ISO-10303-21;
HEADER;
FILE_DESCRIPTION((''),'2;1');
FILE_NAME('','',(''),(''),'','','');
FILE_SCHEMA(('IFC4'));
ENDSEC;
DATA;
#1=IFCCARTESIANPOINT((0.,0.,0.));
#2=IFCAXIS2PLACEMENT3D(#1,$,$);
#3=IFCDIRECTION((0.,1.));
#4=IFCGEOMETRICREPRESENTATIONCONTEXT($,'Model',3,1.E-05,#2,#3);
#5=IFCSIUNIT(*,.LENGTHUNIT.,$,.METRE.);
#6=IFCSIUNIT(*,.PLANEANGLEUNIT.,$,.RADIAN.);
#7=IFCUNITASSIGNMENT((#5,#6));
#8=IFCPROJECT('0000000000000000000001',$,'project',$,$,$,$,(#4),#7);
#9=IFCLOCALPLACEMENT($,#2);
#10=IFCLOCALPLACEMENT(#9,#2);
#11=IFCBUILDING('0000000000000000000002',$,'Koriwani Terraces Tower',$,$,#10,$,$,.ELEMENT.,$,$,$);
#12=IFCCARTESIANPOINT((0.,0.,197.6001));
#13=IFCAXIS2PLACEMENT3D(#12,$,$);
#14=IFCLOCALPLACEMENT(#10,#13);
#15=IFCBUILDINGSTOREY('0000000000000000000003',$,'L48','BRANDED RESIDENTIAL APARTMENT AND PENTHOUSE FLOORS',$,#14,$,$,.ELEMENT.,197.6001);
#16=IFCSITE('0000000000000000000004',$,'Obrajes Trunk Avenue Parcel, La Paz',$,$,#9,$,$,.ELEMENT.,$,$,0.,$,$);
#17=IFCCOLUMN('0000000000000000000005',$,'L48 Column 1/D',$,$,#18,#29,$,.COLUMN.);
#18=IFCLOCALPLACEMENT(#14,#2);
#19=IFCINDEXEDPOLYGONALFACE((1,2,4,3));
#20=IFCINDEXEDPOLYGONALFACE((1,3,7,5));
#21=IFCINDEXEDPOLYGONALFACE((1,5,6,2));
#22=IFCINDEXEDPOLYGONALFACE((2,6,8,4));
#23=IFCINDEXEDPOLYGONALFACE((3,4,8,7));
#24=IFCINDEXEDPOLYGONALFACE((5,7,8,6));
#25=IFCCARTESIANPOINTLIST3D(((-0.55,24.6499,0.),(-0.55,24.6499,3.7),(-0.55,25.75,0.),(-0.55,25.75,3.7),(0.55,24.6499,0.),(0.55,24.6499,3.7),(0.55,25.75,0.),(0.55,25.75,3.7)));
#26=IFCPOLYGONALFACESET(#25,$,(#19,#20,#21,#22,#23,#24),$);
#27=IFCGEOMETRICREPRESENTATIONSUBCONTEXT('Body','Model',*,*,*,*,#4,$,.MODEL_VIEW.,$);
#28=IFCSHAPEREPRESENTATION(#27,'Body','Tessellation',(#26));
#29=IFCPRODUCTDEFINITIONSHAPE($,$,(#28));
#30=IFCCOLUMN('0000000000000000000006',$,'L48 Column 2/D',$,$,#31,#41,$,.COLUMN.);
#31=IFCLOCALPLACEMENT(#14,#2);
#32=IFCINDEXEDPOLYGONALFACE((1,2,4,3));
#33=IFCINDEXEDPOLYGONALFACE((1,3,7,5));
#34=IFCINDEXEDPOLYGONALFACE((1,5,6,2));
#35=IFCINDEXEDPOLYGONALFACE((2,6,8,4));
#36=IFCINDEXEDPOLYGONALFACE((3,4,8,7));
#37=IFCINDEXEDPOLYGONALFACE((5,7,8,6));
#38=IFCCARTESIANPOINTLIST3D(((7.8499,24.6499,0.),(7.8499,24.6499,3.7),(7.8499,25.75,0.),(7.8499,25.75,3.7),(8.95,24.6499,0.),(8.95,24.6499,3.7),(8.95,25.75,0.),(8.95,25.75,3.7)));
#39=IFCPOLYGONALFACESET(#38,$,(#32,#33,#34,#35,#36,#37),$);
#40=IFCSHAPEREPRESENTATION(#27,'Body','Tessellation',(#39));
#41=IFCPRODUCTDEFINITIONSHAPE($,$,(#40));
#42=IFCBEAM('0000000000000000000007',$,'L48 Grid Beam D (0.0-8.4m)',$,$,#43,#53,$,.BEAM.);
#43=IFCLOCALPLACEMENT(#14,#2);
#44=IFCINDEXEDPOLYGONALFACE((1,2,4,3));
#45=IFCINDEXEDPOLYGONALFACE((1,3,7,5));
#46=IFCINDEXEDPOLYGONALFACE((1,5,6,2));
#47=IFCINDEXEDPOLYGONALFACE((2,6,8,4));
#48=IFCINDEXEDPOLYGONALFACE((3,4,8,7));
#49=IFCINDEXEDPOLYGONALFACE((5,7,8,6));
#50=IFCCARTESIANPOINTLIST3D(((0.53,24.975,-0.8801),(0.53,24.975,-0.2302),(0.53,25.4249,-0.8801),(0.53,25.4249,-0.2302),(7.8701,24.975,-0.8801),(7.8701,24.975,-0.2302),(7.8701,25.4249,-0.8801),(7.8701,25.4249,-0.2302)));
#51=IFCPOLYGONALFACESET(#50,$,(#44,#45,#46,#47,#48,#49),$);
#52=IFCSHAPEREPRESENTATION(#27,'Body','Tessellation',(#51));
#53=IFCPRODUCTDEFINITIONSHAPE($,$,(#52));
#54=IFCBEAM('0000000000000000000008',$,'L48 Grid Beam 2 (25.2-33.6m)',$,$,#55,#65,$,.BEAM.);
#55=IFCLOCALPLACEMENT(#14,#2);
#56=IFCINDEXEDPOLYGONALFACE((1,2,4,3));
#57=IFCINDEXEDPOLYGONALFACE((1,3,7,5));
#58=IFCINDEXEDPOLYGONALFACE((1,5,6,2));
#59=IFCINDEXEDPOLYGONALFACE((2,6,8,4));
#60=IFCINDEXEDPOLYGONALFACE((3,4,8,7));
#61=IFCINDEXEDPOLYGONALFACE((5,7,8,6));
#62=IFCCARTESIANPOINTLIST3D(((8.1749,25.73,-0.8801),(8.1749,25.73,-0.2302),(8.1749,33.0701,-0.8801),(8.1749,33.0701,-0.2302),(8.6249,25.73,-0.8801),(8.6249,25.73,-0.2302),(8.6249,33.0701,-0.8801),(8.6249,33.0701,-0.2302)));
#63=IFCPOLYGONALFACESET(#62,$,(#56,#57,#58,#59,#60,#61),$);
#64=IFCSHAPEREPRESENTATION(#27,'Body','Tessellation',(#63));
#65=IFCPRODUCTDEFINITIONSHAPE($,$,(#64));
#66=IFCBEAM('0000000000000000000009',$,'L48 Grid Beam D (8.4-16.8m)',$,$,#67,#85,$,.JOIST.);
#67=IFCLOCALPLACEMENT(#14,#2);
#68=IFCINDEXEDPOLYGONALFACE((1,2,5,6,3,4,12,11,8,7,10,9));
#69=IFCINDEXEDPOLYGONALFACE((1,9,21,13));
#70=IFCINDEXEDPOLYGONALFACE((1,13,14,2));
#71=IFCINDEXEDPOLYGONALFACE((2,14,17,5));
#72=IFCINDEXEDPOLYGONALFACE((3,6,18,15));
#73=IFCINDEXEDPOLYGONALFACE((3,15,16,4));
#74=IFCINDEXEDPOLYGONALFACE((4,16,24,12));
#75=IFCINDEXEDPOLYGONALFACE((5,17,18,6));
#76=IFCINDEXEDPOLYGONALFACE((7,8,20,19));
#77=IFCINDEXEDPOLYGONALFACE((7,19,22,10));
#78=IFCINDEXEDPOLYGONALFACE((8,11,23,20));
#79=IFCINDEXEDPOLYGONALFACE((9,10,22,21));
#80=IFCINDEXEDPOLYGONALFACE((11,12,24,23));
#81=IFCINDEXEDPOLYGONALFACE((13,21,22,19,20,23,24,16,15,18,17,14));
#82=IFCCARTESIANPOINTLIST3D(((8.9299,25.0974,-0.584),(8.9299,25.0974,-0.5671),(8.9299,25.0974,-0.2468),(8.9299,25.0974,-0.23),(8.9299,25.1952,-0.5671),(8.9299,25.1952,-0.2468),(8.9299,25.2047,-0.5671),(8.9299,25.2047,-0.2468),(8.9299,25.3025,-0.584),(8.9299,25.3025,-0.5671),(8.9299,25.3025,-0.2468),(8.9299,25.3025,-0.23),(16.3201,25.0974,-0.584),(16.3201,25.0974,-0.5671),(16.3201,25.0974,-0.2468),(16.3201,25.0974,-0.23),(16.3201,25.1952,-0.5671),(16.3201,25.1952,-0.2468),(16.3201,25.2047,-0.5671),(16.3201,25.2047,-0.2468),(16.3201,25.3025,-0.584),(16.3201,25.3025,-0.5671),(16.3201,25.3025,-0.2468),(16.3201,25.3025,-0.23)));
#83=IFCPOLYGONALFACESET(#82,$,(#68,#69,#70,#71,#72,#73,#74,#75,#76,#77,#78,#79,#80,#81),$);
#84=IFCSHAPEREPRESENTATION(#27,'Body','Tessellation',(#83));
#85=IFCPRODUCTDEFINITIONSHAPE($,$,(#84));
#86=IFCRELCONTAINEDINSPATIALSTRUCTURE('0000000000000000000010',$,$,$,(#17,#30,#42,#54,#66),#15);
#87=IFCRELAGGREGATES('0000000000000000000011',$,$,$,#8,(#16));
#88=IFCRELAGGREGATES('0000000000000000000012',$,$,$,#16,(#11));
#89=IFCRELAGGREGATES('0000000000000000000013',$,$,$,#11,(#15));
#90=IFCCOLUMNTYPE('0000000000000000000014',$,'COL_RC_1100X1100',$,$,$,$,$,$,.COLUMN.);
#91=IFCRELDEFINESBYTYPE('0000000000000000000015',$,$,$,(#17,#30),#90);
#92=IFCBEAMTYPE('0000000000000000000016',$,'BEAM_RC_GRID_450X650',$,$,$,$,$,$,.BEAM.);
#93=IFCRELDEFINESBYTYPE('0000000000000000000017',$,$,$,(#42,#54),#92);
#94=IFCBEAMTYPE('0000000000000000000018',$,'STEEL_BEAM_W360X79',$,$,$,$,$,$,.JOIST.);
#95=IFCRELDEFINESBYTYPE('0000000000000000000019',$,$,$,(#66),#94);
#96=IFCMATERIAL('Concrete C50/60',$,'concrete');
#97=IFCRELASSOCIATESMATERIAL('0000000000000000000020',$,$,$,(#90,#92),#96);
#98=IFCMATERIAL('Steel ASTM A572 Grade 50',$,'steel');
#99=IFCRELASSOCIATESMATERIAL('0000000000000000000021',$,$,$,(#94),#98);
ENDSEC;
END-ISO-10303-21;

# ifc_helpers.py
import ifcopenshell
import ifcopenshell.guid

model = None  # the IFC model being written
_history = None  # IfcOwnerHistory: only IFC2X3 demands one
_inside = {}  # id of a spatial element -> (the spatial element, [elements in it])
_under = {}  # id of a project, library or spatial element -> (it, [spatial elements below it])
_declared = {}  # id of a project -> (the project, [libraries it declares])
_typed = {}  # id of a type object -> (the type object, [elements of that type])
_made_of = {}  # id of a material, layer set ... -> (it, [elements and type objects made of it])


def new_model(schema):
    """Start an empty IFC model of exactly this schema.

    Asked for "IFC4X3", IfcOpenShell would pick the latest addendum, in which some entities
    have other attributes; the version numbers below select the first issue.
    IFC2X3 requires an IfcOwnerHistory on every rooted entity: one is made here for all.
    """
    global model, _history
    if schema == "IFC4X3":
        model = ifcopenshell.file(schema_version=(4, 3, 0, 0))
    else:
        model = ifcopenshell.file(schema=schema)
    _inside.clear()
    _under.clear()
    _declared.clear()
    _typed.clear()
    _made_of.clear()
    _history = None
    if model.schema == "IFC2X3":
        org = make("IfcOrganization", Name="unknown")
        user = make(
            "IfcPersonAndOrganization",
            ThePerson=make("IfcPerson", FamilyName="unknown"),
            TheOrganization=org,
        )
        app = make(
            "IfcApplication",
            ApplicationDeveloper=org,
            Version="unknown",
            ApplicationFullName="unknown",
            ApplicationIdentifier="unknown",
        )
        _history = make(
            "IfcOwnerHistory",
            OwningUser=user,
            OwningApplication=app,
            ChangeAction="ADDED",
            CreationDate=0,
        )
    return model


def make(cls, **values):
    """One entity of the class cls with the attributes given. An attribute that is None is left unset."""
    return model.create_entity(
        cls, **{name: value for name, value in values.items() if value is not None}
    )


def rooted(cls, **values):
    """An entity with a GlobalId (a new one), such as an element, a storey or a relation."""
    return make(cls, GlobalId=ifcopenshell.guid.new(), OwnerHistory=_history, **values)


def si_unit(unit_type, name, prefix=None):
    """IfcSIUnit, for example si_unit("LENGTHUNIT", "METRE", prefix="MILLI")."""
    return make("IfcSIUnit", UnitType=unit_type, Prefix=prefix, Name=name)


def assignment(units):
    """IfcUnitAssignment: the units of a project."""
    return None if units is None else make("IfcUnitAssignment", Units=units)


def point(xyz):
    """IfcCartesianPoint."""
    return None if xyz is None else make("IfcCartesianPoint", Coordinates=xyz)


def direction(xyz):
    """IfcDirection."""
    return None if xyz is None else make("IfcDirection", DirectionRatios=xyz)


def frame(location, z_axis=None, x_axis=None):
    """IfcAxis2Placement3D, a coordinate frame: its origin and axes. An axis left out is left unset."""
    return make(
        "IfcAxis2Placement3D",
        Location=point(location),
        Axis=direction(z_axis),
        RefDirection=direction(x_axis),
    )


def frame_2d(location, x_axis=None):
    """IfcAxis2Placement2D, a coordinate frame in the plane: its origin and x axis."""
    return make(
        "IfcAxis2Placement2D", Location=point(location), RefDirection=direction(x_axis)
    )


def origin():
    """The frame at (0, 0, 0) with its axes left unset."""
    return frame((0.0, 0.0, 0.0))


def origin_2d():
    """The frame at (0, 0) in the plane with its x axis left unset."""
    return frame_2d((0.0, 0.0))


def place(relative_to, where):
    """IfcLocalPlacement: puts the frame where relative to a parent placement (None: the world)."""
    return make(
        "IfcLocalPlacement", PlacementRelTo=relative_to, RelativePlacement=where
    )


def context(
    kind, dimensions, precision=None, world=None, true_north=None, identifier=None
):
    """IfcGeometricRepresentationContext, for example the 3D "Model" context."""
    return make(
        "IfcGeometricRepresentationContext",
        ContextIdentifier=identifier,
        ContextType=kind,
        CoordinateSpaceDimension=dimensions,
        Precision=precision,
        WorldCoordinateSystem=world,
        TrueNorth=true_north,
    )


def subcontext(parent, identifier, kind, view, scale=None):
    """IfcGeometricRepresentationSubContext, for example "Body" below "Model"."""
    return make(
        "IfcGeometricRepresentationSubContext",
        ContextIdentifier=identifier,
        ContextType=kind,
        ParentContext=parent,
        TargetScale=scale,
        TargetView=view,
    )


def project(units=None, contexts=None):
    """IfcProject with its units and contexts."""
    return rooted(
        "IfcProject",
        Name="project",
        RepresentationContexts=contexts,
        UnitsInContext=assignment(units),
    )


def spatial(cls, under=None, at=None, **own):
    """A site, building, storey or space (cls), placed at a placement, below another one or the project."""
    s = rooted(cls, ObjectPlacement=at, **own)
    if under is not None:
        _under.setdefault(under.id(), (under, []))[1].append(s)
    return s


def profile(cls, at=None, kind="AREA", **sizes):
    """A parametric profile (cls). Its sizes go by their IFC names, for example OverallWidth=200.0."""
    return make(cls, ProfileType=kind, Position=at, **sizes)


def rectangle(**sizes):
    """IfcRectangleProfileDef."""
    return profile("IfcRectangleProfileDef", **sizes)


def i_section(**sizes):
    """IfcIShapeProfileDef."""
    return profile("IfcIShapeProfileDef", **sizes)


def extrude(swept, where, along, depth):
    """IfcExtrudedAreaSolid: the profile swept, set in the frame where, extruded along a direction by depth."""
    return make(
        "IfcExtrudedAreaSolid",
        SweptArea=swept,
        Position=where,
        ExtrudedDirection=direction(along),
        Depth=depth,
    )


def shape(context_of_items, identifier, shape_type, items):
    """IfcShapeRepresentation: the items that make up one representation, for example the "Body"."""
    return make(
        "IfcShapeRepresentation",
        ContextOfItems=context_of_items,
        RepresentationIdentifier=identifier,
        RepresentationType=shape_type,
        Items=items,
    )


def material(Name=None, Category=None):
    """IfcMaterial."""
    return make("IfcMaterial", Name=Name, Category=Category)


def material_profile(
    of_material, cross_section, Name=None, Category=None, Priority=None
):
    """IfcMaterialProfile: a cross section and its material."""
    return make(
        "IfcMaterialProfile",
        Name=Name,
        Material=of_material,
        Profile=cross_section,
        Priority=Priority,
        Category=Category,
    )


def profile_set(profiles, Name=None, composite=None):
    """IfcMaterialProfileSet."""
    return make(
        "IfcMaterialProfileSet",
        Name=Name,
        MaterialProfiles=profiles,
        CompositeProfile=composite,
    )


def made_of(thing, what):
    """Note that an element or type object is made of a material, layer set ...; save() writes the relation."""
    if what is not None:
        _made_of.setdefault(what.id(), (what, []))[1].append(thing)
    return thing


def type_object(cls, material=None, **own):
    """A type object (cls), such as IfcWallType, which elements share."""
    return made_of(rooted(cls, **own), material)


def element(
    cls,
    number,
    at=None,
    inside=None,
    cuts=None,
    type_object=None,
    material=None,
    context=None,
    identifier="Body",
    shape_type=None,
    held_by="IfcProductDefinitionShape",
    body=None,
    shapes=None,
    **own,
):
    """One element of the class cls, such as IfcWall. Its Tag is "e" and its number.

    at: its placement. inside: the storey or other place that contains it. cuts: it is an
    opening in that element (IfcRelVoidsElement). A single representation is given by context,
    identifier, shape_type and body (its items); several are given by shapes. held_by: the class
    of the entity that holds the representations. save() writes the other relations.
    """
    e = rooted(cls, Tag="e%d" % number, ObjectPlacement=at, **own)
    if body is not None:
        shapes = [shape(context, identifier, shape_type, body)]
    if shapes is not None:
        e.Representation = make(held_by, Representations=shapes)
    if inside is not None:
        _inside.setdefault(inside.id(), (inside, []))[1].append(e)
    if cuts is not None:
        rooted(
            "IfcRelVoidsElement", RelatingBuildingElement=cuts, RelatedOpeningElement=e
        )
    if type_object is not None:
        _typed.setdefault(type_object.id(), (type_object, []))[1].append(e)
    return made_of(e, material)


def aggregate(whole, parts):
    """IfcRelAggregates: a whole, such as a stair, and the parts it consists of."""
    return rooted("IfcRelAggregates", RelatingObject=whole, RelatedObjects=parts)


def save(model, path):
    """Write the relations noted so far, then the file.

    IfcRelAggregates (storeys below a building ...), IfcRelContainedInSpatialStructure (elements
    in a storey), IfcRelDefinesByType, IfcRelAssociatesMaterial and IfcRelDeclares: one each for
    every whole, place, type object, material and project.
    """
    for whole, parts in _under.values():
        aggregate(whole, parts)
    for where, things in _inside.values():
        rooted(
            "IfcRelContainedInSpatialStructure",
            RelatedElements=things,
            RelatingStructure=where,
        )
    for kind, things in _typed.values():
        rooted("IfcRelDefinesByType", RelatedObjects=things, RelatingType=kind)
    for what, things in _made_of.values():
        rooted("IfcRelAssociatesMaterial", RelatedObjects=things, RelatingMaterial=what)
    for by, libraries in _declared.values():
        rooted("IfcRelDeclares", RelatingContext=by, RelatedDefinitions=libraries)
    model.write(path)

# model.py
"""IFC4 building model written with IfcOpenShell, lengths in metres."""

from ifc_helpers import new_model, si_unit, direction, frame, origin, origin_2d, place, context, subcontext, project, spatial, rectangle, i_section, extrude, material, material_profile, profile_set, type_object, element, save


model = new_model("IFC4")

# Units and contexts
model_context = context("Model", 3, precision=1e-05, world=origin(), true_north=direction((0.0, 1.0)))
body_context = subcontext(model_context, "Body", "Model", "MODEL_VIEW")
ifc_project = project(units=[si_unit("LENGTHUNIT", "METRE"), si_unit("PLANEANGLEUNIT", "RADIAN")], contexts=[model_context])

# Site, building, storey
site_placement = place(None, origin())
site = spatial("IfcSite", under=ifc_project, at=site_placement, Name="Obrajes Trunk Avenue Parcel, La Paz", CompositionType="ELEMENT", RefElevation=0.0)
building_placement = place(site_placement, origin())
building = spatial("IfcBuilding", under=site, at=building_placement, Name="Koriwani Terraces Tower", CompositionType="ELEMENT")
storey_placement = place(building_placement, frame((0.0, 0.0, 197.6001)))
storey = spatial("IfcBuildingStorey", under=building, at=storey_placement, Name="L48", Description="BRANDED RESIDENTIAL APARTMENT AND PENTHOUSE FLOORS", CompositionType="ELEMENT", Elevation=197.6001)

# Columns
ifc_material_1 = material(Name="Concrete C50/60", Category="concrete")
ifc_material_profile_1 = material_profile(ifc_material_1, rectangle(XDim=1.1001, YDim=1.1001, at=origin_2d()), Name="Concrete C50/60", Category="LoadBearing")
ifc_profile_set_1 = profile_set([ifc_material_profile_1], Name="Concrete C50/60")
column_type = type_object("IfcColumnType", Name="COL_RC_1100X1100", PredefinedType="COLUMN", material=ifc_profile_set_1)
for number, where, z_axis, x_axis, name in (
    (1, (0.0, 25.2, 0.0), (0.0, 0.0, 1.0), (1.0, 0.0, 0.0), "L48 Column 1/D"),
    (2, (8.3999, 25.2, 0.0), (0.0, 0.0, 1.0), (1.0, 0.0, 0.0), "L48 Column 2/D"),
):
    element("IfcColumn", number, at=place(storey_placement, frame(where, z_axis=z_axis, x_axis=x_axis)), inside=storey, type_object=column_type, Name=name, PredefinedType="COLUMN", context=body_context, shape_type="SweptSolid", body=[
        extrude(rectangle(XDim=1.1001, YDim=1.1001, at=origin_2d()), origin(), (0.0, 0.0, 1.0), 3.7),
    ])

# Beams
ifc_material_profile_2 = material_profile(ifc_material_1, rectangle(XDim=0.45, YDim=0.6499, at=origin_2d()), Name="Concrete C50/60", Category="LoadBearing")
ifc_profile_set_2 = profile_set([ifc_material_profile_2], Name="Concrete C50/60")
beam_type_1 = type_object("IfcBeamType", Name="BEAM_RC_GRID_450X650", PredefinedType="BEAM", material=ifc_profile_set_2)
for number, where, z_axis, x_axis, name in (
    (3, (0.53, 25.2, -0.5552), (1.0, 0.0, 0.0), (0.0, 1.0, 0.0), "L48 Grid Beam D (0.0-8.4m)"),
    (4, (8.3999, 25.73, -0.5552), (0.0, 1.0, 0.0), (-1.0, 0.0, 0.0), "L48 Grid Beam 2 (25.2-33.6m)"),
):
    element("IfcBeam", number, at=place(storey_placement, frame(where, z_axis=z_axis, x_axis=x_axis)), inside=storey, type_object=beam_type_1, Name=name, PredefinedType="BEAM", context=body_context, shape_type="SweptSolid", body=[
        extrude(rectangle(XDim=0.45, YDim=0.6499, at=origin_2d()), origin(), (0.0, 0.0, 1.0), 7.3401),
    ])
ifc_material_2 = material(Name="Steel ASTM A572 Grade 50", Category="steel")
ifc_material_profile_3 = material_profile(ifc_material_2, i_section(OverallWidth=0.2051, OverallDepth=0.354, WebThickness=0.0095, FlangeThickness=0.0168, at=origin_2d()), Name="Steel ASTM A572 Grade 50", Category="LoadBearing")
ifc_profile_set_3 = profile_set([ifc_material_profile_3], Name="Steel ASTM A572 Grade 50")
beam_type_2 = type_object("IfcBeamType", Name="STEEL_BEAM_W360X79", PredefinedType="JOIST", material=ifc_profile_set_3)
beam_placement = place(storey_placement, frame((8.9299, 25.2, -0.407), z_axis=(1.0, 0.0, 0.0), x_axis=(0.0, 1.0, 0.0)))
element("IfcBeam", 5, at=beam_placement, inside=storey, type_object=beam_type_2, Name="L48 Grid Beam D (8.4-16.8m)", PredefinedType="JOIST", context=body_context, shape_type="SweptSolid", body=[
    extrude(i_section(OverallWidth=0.2051, OverallDepth=0.354, WebThickness=0.0095, FlangeThickness=0.0168, at=origin_2d()), origin(), (0.0, 0.0, 1.0), 7.3901),
])

save(model, "model.ifc")
